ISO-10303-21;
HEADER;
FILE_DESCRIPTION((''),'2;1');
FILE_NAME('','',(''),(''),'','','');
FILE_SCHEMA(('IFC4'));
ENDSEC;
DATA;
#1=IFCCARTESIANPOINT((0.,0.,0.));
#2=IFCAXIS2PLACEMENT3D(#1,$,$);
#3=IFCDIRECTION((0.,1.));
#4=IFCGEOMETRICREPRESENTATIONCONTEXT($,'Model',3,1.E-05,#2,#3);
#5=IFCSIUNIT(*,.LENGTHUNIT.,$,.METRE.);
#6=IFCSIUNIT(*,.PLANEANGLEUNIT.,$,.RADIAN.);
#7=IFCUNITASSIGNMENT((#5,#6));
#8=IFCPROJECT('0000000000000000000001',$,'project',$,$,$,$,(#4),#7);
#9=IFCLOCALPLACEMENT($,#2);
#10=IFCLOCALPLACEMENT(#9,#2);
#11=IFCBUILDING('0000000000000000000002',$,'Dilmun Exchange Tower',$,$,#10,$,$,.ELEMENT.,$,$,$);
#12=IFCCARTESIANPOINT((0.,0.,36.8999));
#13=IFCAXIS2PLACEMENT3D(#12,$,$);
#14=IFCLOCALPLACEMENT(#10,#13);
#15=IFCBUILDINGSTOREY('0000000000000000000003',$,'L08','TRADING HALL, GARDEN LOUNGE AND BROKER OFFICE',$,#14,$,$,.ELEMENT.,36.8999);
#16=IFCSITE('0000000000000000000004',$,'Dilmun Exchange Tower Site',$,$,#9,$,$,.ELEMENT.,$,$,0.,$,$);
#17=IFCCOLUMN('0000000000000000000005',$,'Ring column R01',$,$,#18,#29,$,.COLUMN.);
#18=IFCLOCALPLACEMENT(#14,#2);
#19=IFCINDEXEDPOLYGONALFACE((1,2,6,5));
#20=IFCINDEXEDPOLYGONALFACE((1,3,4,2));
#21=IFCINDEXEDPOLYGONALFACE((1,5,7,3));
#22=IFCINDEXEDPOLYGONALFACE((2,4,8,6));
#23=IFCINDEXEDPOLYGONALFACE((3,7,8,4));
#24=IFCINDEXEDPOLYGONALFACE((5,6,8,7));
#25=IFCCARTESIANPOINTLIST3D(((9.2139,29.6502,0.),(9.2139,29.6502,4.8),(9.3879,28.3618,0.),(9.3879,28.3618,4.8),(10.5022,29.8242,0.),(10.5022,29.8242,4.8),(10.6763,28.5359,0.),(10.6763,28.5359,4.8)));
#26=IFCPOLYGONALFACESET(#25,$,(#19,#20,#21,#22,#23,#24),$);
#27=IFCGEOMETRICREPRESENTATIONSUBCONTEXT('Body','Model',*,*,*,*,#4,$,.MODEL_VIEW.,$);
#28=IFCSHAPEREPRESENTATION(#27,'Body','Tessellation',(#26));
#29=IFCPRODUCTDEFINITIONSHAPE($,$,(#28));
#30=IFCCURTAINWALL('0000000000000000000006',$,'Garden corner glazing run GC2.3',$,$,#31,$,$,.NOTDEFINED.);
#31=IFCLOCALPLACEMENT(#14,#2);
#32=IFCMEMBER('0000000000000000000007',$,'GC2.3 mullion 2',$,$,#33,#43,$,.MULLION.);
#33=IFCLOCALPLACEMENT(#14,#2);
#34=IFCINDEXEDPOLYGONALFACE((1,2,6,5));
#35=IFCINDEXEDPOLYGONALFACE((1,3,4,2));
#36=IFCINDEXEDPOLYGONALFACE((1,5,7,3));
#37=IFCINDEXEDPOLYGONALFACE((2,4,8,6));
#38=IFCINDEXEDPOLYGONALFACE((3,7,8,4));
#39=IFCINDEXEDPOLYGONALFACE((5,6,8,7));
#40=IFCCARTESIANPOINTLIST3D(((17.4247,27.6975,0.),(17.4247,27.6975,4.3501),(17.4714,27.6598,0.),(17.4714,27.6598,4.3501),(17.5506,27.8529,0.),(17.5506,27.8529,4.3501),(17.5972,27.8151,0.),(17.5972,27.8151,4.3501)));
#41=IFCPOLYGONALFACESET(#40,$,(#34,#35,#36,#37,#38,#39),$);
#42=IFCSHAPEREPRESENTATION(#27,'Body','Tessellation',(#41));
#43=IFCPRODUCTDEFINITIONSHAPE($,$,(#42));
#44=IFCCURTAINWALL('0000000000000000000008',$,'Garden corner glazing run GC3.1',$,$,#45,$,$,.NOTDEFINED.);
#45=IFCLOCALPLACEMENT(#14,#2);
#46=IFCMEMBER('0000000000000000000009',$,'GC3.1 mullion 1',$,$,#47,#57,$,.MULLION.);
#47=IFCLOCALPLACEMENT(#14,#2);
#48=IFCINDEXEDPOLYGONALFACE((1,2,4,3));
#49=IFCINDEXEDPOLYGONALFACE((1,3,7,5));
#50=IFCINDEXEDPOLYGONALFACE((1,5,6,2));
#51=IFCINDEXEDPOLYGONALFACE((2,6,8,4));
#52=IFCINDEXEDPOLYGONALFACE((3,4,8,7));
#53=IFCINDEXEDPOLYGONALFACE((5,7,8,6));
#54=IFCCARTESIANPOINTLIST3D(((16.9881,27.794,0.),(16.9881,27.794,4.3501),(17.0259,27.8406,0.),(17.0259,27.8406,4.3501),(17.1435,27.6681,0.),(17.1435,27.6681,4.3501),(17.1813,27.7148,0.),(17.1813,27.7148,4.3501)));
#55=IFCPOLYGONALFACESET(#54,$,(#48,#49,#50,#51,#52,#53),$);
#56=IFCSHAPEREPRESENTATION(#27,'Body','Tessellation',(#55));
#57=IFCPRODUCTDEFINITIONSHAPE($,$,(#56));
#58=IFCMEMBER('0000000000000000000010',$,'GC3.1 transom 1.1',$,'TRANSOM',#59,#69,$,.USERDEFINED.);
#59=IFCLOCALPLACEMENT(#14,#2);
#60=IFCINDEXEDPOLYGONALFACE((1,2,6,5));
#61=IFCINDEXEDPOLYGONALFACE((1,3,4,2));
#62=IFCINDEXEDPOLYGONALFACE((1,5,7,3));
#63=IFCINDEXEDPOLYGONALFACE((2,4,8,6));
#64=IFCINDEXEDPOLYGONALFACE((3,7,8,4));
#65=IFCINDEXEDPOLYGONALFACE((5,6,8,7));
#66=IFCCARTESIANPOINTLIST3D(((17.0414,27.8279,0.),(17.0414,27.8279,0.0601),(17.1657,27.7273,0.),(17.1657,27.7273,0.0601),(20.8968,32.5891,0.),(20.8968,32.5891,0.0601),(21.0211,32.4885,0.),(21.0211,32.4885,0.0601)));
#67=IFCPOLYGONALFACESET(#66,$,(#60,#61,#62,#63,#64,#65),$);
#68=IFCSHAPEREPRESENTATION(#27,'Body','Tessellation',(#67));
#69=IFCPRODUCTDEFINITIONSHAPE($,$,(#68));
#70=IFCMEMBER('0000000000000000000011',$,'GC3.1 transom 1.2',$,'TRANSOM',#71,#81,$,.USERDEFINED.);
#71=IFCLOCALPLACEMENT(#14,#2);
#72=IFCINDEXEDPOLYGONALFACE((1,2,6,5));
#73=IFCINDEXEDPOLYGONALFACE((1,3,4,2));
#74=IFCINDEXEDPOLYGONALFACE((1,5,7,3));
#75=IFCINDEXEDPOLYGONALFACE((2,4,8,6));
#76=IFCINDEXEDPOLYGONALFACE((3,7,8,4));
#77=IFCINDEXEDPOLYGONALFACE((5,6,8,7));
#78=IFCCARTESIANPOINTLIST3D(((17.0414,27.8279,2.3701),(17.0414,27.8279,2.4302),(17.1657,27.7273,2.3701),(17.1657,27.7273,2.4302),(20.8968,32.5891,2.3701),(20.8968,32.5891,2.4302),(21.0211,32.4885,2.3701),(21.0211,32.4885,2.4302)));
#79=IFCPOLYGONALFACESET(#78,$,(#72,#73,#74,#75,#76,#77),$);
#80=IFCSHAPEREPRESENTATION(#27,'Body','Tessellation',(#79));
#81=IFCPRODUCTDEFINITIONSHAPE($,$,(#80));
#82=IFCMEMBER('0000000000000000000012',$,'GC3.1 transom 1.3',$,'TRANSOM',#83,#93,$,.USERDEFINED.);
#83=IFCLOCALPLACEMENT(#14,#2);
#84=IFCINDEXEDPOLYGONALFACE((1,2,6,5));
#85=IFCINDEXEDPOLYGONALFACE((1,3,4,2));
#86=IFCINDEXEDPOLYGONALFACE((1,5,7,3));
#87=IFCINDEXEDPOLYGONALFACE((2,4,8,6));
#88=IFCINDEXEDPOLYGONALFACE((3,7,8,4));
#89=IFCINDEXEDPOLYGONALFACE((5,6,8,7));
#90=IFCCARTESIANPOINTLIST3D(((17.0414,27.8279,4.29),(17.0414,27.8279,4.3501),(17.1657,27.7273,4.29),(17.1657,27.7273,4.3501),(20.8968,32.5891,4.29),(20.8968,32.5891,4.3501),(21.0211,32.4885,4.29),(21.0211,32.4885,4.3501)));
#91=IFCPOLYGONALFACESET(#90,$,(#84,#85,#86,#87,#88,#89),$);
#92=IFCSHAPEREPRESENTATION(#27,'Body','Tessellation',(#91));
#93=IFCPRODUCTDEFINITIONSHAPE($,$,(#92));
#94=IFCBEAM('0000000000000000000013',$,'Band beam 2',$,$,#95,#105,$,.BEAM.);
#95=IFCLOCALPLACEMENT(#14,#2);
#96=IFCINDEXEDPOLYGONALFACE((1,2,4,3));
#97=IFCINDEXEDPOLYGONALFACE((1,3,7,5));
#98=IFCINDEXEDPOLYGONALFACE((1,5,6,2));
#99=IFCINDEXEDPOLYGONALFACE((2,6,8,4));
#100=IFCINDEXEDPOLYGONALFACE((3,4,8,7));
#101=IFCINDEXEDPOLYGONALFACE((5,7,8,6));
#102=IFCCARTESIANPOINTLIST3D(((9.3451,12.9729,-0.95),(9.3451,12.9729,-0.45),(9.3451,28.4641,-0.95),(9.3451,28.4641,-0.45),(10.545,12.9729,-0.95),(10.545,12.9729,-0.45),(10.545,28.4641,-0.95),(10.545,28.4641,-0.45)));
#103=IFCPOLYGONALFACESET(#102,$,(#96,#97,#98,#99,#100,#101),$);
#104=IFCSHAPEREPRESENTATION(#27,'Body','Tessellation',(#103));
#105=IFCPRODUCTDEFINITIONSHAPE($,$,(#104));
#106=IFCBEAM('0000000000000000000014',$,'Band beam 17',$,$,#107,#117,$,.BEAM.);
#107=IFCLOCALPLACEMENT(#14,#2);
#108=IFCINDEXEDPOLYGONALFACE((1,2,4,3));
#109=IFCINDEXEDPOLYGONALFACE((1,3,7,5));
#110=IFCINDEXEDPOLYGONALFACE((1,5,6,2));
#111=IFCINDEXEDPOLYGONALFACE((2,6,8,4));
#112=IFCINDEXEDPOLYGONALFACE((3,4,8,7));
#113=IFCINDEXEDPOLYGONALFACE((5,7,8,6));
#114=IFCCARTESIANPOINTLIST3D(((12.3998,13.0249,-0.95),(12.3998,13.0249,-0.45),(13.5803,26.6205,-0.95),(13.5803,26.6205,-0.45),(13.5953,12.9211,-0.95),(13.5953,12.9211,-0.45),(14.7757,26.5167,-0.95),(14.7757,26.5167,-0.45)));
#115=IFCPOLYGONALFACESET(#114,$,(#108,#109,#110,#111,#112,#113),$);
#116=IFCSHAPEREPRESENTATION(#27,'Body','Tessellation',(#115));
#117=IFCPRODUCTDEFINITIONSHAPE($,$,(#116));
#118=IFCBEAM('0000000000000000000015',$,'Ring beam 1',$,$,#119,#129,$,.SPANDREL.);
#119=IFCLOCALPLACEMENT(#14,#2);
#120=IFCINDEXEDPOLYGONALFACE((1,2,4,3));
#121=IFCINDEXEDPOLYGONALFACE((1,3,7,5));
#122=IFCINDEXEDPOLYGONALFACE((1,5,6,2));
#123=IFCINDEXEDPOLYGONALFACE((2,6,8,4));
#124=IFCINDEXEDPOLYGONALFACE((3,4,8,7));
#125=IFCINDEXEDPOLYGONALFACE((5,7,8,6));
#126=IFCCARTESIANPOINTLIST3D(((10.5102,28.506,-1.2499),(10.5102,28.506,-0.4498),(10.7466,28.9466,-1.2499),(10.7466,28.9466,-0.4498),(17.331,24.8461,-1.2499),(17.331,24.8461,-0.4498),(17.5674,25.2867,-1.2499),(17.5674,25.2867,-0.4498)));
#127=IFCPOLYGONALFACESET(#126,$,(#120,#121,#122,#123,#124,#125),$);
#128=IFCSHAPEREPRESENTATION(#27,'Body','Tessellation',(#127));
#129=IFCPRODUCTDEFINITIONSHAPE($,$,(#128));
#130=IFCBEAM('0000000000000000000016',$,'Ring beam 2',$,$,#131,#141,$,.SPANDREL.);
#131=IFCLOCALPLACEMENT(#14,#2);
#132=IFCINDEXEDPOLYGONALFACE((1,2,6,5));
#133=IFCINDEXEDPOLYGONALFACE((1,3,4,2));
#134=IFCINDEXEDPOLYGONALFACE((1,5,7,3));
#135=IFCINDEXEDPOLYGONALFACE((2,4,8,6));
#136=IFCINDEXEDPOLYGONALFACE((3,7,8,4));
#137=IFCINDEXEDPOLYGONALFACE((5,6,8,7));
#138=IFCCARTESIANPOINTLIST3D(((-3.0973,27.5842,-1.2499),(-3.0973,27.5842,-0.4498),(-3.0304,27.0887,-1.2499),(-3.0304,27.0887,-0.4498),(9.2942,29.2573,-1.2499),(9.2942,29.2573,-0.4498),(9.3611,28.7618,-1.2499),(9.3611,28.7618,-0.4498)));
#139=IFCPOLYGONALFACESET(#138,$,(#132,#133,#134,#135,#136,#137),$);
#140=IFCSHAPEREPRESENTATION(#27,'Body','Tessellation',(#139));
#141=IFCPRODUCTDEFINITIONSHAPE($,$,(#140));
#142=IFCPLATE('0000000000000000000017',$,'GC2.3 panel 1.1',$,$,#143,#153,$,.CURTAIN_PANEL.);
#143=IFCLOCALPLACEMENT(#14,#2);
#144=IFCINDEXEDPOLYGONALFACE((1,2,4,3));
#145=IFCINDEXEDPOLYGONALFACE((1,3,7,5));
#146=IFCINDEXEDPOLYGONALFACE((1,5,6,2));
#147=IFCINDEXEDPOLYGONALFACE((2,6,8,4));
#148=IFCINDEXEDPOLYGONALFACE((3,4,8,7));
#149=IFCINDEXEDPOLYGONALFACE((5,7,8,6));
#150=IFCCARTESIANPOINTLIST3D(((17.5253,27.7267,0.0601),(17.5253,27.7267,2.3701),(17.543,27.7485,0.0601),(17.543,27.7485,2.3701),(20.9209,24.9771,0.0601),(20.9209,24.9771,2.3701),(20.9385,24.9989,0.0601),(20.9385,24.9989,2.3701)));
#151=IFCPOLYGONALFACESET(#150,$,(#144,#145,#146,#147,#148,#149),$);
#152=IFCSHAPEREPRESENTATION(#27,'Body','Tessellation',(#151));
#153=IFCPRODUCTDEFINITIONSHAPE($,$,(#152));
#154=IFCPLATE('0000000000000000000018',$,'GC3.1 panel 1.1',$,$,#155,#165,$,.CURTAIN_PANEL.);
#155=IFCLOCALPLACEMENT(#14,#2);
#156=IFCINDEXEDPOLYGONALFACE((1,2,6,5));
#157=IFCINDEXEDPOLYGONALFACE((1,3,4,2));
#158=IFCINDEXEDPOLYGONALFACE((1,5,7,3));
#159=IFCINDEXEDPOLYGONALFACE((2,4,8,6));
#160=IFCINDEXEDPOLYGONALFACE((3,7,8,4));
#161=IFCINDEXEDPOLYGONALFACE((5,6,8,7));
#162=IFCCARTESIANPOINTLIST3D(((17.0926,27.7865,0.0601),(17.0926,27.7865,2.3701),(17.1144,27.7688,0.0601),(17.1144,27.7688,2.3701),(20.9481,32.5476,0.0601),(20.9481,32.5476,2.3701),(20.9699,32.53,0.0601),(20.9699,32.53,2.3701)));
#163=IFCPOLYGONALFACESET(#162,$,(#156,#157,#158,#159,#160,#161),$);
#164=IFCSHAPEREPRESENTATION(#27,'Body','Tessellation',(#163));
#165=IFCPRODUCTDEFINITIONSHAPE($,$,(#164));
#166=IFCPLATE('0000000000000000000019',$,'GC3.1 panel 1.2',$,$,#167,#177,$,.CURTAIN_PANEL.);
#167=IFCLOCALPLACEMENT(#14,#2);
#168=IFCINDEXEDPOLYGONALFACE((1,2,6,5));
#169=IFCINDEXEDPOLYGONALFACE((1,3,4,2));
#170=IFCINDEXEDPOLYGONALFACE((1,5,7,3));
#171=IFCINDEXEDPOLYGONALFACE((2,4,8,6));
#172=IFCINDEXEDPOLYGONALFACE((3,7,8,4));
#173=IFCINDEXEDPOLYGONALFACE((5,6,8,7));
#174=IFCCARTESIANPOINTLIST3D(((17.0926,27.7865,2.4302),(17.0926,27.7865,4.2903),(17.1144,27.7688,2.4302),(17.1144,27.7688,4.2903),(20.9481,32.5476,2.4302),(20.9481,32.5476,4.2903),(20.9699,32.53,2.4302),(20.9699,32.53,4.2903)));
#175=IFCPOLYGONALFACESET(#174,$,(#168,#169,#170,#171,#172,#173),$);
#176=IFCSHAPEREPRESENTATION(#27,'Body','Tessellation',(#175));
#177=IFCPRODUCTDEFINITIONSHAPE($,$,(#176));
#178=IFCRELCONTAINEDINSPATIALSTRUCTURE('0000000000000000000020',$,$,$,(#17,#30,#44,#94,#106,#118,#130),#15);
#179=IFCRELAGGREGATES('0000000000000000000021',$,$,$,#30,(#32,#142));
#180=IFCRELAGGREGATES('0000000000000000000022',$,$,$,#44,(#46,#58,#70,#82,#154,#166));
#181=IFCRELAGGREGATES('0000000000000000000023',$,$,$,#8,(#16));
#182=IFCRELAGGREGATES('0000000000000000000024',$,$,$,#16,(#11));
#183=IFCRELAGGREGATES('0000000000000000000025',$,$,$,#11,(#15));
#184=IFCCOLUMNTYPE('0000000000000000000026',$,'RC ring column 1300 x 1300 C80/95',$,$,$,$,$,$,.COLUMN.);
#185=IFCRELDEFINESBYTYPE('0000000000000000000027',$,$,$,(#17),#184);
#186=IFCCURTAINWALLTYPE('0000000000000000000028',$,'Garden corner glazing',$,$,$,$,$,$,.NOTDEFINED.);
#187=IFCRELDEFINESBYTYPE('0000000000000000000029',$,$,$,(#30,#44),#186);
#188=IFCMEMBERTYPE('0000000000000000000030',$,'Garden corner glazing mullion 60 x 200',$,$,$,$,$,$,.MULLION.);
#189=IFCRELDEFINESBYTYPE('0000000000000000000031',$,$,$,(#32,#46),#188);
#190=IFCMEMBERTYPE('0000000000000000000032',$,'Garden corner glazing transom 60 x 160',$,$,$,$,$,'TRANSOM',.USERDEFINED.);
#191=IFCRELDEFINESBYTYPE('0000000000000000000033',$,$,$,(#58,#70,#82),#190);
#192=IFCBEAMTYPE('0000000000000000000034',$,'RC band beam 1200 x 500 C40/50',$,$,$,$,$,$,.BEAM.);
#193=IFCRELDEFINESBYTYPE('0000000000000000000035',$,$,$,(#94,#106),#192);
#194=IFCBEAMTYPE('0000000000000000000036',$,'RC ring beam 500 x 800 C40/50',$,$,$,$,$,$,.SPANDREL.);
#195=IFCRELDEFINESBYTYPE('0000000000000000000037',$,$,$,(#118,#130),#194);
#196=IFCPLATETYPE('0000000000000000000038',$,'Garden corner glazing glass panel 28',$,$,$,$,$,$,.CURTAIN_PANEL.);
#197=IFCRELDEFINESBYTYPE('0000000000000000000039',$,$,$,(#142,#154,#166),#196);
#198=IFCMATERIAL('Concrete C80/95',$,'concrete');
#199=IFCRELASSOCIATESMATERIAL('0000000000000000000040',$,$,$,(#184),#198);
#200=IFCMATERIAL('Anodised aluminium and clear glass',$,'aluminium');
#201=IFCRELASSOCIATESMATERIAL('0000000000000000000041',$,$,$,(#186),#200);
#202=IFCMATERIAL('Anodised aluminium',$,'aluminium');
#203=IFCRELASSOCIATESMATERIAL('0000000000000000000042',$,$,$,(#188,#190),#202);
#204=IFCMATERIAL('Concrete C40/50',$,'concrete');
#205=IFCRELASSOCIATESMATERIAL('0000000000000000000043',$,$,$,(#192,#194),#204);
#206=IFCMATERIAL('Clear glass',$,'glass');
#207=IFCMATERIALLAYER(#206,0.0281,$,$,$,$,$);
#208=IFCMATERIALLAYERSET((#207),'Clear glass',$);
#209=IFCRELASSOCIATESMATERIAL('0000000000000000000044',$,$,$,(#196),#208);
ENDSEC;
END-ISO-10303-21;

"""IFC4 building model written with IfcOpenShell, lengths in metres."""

from ifc_helpers import new_model, si_unit, direction, frame, origin, origin_2d, place, context, subcontext, project, spatial, rectangle, extrude, material, layer, layer_set, material_profile, profile_set, type_object, element, aggregate, save


model = new_model("IFC4")

# Units and contexts
model_context = context("Model", 3, precision=1e-05, world=origin(), true_north=direction((0.0, 1.0)))
body_context = subcontext(model_context, "Body", "Model", "MODEL_VIEW")
ifc_project = project(units=[si_unit("LENGTHUNIT", "METRE"), si_unit("PLANEANGLEUNIT", "RADIAN")], contexts=[model_context])

# Site, building, storey
site_placement = place(None, origin())
site = spatial("IfcSite", under=ifc_project, at=site_placement, Name="Dilmun Exchange Tower Site", CompositionType="ELEMENT", RefElevation=0.0)
building_placement = place(site_placement, origin())
building = spatial("IfcBuilding", under=site, at=building_placement, Name="Dilmun Exchange Tower", CompositionType="ELEMENT")
storey_placement = place(building_placement, frame((0.0, 0.0, 36.8999)))
storey = spatial("IfcBuildingStorey", under=building, at=storey_placement, Name="L08", Description="TRADING HALL, GARDEN LOUNGE AND BROKER OFFICE", CompositionType="ELEMENT", Elevation=36.8999)

# Column
ifc_material_1 = material(Name="Concrete C80/95", Category="concrete")
ifc_material_profile_1 = material_profile(ifc_material_1, rectangle(XDim=1.3, YDim=1.3, at=origin_2d()), Name="1300 x 1300")
ifc_profile_set_1 = profile_set([ifc_material_profile_1], Name="Concrete C80/95")
column_type = type_object("IfcColumnType", Name="RC ring column 1300 x 1300 C80/95", PredefinedType="COLUMN", material=ifc_profile_set_1)
column_placement = place(storey_placement, frame((9.9451, 29.093, 0.0), z_axis=(0.0, 0.0, 1.0), x_axis=(0.991001, 0.133853, 0.0)))
element("IfcColumn", 1, at=column_placement, inside=storey, type_object=column_type, Name="Ring column R01", PredefinedType="COLUMN", context=body_context, shape_type="SweptSolid", body=[
    extrude(rectangle(XDim=1.3, YDim=1.3, at=origin_2d()), origin(), (0.0, 0.0, 1.0), 4.8),
])

# Curtain wall, member
ifc_material_2 = material(Name="Anodised aluminium and clear glass", Category="aluminium")
curtain_wall_type = type_object("IfcCurtainWallType", Name="Garden corner glazing", PredefinedType="NOTDEFINED", material=ifc_material_2)
curtain_wall_1_placement = place(storey_placement, origin())
curtain_wall_1 = element("IfcCurtainWall", 2, at=curtain_wall_1_placement, inside=storey, type_object=curtain_wall_type, Name="Garden corner glazing run GC2.3", PredefinedType="NOTDEFINED")
ifc_material_3 = material(Name="Anodised aluminium", Category="aluminium")
ifc_material_profile_2 = material_profile(ifc_material_3, rectangle(XDim=0.2, YDim=0.0601, at=origin_2d()), Name="AL 60x200")
ifc_profile_set_2 = profile_set([ifc_material_profile_2], Name="Anodised aluminium")
member_type_1 = type_object("IfcMemberType", Name="Garden corner glazing mullion 60 x 200", PredefinedType="MULLION", material=ifc_profile_set_2)
member_1_placement = place(storey_placement, frame((17.511, 27.7563, 0.0), z_axis=(0.0, 0.0, 1.0), x_axis=(-0.629308, -0.777156, 0.0)))
member_1 = element("IfcMember", 3, at=member_1_placement, type_object=member_type_1, Name="GC2.3 mullion 2", PredefinedType="MULLION", context=body_context, shape_type="SweptSolid", body=[
    extrude(rectangle(XDim=0.2, YDim=0.0601, at=origin_2d()), origin(), (0.0, 0.0, 1.0), 4.3501),
])

# Curtain wall, members
curtain_wall_2_placement = place(storey_placement, origin())
curtain_wall_2 = element("IfcCurtainWall", 4, at=curtain_wall_2_placement, inside=storey, type_object=curtain_wall_type, Name="Garden corner glazing run GC3.1", PredefinedType="NOTDEFINED")
member_2_placement = place(storey_placement, frame((17.0847, 27.7544, 0.0), z_axis=(0.0, 0.0, 1.0), x_axis=(-0.777147, 0.629319, 0.0)))
member_2 = element("IfcMember", 5, at=member_2_placement, type_object=member_type_1, Name="GC3.1 mullion 1", PredefinedType="MULLION", context=body_context, shape_type="SweptSolid", body=[
    extrude(rectangle(XDim=0.2, YDim=0.0601, at=origin_2d()), origin(), (0.0, 0.0, 1.0), 4.3501),
])
ifc_material_profile_3 = material_profile(ifc_material_3, rectangle(XDim=0.1599, YDim=0.0601, at=origin_2d()), Name="AL 60x160")
ifc_profile_set_3 = profile_set([ifc_material_profile_3], Name="Anodised aluminium")
member_type_2 = type_object("IfcMemberType", Name="Garden corner glazing transom 60 x 160", ElementType="TRANSOM", PredefinedType="USERDEFINED", material=ifc_profile_set_3)
member_3_placement = place(storey_placement, frame((17.1035, 27.7776, 0.03), z_axis=(0.629311, 0.777154, 0.0), x_axis=(-0.777154, 0.629311, 0.0)))
member_3 = element("IfcMember", 6, at=member_3_placement, type_object=member_type_2, Name="GC3.1 transom 1.1", ObjectType="TRANSOM", PredefinedType="USERDEFINED", context=body_context, shape_type="SweptSolid", body=[
    extrude(rectangle(XDim=0.1599, YDim=0.0601, at=origin_2d()), origin(), (0.0, 0.0, 1.0), 6.1265),
])
member_4_placement = place(storey_placement, frame((17.1035, 27.7776, 2.4001), z_axis=(0.629311, 0.777154, 0.0), x_axis=(-0.777154, 0.629311, 0.0)))
member_4 = element("IfcMember", 7, at=member_4_placement, type_object=member_type_2, Name="GC3.1 transom 1.2", ObjectType="TRANSOM", PredefinedType="USERDEFINED", context=body_context, shape_type="SweptSolid", body=[
    extrude(rectangle(XDim=0.1599, YDim=0.0601, at=origin_2d()), origin(), (0.0, 0.0, 1.0), 6.1265),
])
member_5_placement = place(storey_placement, frame((17.1035, 27.7776, 4.3201), z_axis=(0.629311, 0.777154, 0.0), x_axis=(-0.777154, 0.629311, 0.0)))
member_5 = element("IfcMember", 8, at=member_5_placement, type_object=member_type_2, Name="GC3.1 transom 1.3", ObjectType="TRANSOM", PredefinedType="USERDEFINED", context=body_context, shape_type="SweptSolid", body=[
    extrude(rectangle(XDim=0.1599, YDim=0.0601, at=origin_2d()), origin(), (0.0, 0.0, 1.0), 6.1265),
])

# Beams
ifc_material_4 = material(Name="Concrete C40/50", Category="concrete")
ifc_material_profile_4 = material_profile(ifc_material_4, rectangle(XDim=1.2, YDim=0.5, at=origin_2d()), Name="1200 x 500")
ifc_profile_set_4 = profile_set([ifc_material_profile_4], Name="Concrete C40/50")
beam_type_1 = type_object("IfcBeamType", Name="RC band beam 1200 x 500 C40/50", PredefinedType="BEAM", material=ifc_profile_set_4)
beam_1_placement = place(storey_placement, frame((9.9451, 28.4641, -0.7), z_axis=(0.0, -1.0, 0.0), x_axis=(1.0, 0.0, 0.0)))
element("IfcBeam", 9, at=beam_1_placement, inside=storey, type_object=beam_type_1, Name="Band beam 2", PredefinedType="BEAM", context=body_context, shape_type="SweptSolid", body=[
    extrude(rectangle(XDim=1.2, YDim=0.5, at=origin_2d()), origin(), (0.0, 0.0, 1.0), 15.4912),
])
beam_2_placement = place(storey_placement, frame((14.178, 26.5686, -0.7), z_axis=(-0.086499, -0.996252, 0.0), x_axis=(0.996252, -0.086499, 0.0)))
element("IfcBeam", 10, at=beam_2_placement, inside=storey, type_object=beam_type_1, Name="Band beam 17", PredefinedType="BEAM", context=body_context, shape_type="SweptSolid", body=[
    extrude(rectangle(XDim=1.2, YDim=0.5, at=origin_2d()), origin(), (0.0, 0.0, 1.0), 13.6467),
])
ifc_material_profile_5 = material_profile(ifc_material_4, rectangle(XDim=0.5, YDim=0.8, at=origin_2d()), Name="500 x 800")
ifc_profile_set_5 = profile_set([ifc_material_profile_5], Name="Concrete C40/50")
beam_type_2 = type_object("IfcBeamType", Name="RC ring beam 500 x 800 C40/50", PredefinedType="SPANDREL", material=ifc_profile_set_5)
beam_3_placement = place(storey_placement, frame((17.4492, 25.0664, -0.8499), z_axis=(-0.881162, 0.472815, 0.0), x_axis=(-0.472815, -0.881162, 0.0)))
element("IfcBeam", 11, at=beam_3_placement, inside=storey, type_object=beam_type_2, Name="Ring beam 1", PredefinedType="SPANDREL", context=body_context, shape_type="SweptSolid", body=[
    extrude(rectangle(XDim=0.5, YDim=0.8, at=origin_2d()), origin(), (0.0, 0.0, 1.0), 7.7407),
])
beam_4_placement = place(storey_placement, frame((9.3276, 29.0095, -0.8499), z_axis=(-0.991007, -0.133807, 0.0), x_axis=(0.133807, -0.991007, 0.0)))
element("IfcBeam", 12, at=beam_4_placement, inside=storey, type_object=beam_type_2, Name="Ring beam 2", PredefinedType="SPANDREL", context=body_context, shape_type="SweptSolid", body=[
    extrude(rectangle(XDim=0.5, YDim=0.8, at=origin_2d()), origin(), (0.0, 0.0, 1.0), 12.5039),
])

# Plates
ifc_material_5 = material(Name="Clear glass", Category="glass")
ifc_layer = layer(ifc_material_5, 0.0281)
ifc_layer_set = layer_set([ifc_layer], Name="Clear glass")
plate_type = type_object("IfcPlateType", Name="Garden corner glazing glass panel 28", PredefinedType="CURTAIN_PANEL", material=ifc_layer_set)
plate_1_placement = place(storey_placement, frame((19.2319, 26.3628, 0.0601), z_axis=(0.0, 0.0, 1.0), x_axis=(-0.777156, 0.629308, 0.0)))
plate_1 = element("IfcPlate", 13, at=plate_1_placement, type_object=plate_type, Name="GC2.3 panel 1.1", PredefinedType="CURTAIN_PANEL", context=body_context, shape_type="SweptSolid", body=[
    extrude(rectangle(XDim=4.3691, YDim=0.0281, at=origin_2d()), origin(), (0.0, 0.0, 1.0), 2.3101),
])
aggregate(curtain_wall_1, [member_1, plate_1])
plate_2_placement = place(storey_placement, frame((19.0312, 30.1582, 0.0601), z_axis=(0.0, 0.0, 1.0), x_axis=(0.629319, 0.777147, 0.0)))
plate_2 = element("IfcPlate", 14, at=plate_2_placement, type_object=plate_type, Name="GC3.1 panel 1.1", PredefinedType="CURTAIN_PANEL", context=body_context, shape_type="SweptSolid", body=[
    extrude(rectangle(XDim=6.1265, YDim=0.0281, at=origin_2d()), origin(), (0.0, 0.0, 1.0), 2.3101),
])
plate_3_placement = place(storey_placement, frame((19.0312, 30.1582, 2.4302), z_axis=(0.0, 0.0, 1.0), x_axis=(0.629319, 0.777147, 0.0)))
plate_3 = element("IfcPlate", 15, at=plate_3_placement, type_object=plate_type, Name="GC3.1 panel 1.2", PredefinedType="CURTAIN_PANEL", context=body_context, shape_type="SweptSolid", body=[
    extrude(rectangle(XDim=6.1265, YDim=0.0281, at=origin_2d()), origin(), (0.0, 0.0, 1.0), 1.8601),
])
aggregate(curtain_wall_2, [member_2, member_3, member_4, member_5, plate_2, plate_3])

save(model, "model.ifc")
